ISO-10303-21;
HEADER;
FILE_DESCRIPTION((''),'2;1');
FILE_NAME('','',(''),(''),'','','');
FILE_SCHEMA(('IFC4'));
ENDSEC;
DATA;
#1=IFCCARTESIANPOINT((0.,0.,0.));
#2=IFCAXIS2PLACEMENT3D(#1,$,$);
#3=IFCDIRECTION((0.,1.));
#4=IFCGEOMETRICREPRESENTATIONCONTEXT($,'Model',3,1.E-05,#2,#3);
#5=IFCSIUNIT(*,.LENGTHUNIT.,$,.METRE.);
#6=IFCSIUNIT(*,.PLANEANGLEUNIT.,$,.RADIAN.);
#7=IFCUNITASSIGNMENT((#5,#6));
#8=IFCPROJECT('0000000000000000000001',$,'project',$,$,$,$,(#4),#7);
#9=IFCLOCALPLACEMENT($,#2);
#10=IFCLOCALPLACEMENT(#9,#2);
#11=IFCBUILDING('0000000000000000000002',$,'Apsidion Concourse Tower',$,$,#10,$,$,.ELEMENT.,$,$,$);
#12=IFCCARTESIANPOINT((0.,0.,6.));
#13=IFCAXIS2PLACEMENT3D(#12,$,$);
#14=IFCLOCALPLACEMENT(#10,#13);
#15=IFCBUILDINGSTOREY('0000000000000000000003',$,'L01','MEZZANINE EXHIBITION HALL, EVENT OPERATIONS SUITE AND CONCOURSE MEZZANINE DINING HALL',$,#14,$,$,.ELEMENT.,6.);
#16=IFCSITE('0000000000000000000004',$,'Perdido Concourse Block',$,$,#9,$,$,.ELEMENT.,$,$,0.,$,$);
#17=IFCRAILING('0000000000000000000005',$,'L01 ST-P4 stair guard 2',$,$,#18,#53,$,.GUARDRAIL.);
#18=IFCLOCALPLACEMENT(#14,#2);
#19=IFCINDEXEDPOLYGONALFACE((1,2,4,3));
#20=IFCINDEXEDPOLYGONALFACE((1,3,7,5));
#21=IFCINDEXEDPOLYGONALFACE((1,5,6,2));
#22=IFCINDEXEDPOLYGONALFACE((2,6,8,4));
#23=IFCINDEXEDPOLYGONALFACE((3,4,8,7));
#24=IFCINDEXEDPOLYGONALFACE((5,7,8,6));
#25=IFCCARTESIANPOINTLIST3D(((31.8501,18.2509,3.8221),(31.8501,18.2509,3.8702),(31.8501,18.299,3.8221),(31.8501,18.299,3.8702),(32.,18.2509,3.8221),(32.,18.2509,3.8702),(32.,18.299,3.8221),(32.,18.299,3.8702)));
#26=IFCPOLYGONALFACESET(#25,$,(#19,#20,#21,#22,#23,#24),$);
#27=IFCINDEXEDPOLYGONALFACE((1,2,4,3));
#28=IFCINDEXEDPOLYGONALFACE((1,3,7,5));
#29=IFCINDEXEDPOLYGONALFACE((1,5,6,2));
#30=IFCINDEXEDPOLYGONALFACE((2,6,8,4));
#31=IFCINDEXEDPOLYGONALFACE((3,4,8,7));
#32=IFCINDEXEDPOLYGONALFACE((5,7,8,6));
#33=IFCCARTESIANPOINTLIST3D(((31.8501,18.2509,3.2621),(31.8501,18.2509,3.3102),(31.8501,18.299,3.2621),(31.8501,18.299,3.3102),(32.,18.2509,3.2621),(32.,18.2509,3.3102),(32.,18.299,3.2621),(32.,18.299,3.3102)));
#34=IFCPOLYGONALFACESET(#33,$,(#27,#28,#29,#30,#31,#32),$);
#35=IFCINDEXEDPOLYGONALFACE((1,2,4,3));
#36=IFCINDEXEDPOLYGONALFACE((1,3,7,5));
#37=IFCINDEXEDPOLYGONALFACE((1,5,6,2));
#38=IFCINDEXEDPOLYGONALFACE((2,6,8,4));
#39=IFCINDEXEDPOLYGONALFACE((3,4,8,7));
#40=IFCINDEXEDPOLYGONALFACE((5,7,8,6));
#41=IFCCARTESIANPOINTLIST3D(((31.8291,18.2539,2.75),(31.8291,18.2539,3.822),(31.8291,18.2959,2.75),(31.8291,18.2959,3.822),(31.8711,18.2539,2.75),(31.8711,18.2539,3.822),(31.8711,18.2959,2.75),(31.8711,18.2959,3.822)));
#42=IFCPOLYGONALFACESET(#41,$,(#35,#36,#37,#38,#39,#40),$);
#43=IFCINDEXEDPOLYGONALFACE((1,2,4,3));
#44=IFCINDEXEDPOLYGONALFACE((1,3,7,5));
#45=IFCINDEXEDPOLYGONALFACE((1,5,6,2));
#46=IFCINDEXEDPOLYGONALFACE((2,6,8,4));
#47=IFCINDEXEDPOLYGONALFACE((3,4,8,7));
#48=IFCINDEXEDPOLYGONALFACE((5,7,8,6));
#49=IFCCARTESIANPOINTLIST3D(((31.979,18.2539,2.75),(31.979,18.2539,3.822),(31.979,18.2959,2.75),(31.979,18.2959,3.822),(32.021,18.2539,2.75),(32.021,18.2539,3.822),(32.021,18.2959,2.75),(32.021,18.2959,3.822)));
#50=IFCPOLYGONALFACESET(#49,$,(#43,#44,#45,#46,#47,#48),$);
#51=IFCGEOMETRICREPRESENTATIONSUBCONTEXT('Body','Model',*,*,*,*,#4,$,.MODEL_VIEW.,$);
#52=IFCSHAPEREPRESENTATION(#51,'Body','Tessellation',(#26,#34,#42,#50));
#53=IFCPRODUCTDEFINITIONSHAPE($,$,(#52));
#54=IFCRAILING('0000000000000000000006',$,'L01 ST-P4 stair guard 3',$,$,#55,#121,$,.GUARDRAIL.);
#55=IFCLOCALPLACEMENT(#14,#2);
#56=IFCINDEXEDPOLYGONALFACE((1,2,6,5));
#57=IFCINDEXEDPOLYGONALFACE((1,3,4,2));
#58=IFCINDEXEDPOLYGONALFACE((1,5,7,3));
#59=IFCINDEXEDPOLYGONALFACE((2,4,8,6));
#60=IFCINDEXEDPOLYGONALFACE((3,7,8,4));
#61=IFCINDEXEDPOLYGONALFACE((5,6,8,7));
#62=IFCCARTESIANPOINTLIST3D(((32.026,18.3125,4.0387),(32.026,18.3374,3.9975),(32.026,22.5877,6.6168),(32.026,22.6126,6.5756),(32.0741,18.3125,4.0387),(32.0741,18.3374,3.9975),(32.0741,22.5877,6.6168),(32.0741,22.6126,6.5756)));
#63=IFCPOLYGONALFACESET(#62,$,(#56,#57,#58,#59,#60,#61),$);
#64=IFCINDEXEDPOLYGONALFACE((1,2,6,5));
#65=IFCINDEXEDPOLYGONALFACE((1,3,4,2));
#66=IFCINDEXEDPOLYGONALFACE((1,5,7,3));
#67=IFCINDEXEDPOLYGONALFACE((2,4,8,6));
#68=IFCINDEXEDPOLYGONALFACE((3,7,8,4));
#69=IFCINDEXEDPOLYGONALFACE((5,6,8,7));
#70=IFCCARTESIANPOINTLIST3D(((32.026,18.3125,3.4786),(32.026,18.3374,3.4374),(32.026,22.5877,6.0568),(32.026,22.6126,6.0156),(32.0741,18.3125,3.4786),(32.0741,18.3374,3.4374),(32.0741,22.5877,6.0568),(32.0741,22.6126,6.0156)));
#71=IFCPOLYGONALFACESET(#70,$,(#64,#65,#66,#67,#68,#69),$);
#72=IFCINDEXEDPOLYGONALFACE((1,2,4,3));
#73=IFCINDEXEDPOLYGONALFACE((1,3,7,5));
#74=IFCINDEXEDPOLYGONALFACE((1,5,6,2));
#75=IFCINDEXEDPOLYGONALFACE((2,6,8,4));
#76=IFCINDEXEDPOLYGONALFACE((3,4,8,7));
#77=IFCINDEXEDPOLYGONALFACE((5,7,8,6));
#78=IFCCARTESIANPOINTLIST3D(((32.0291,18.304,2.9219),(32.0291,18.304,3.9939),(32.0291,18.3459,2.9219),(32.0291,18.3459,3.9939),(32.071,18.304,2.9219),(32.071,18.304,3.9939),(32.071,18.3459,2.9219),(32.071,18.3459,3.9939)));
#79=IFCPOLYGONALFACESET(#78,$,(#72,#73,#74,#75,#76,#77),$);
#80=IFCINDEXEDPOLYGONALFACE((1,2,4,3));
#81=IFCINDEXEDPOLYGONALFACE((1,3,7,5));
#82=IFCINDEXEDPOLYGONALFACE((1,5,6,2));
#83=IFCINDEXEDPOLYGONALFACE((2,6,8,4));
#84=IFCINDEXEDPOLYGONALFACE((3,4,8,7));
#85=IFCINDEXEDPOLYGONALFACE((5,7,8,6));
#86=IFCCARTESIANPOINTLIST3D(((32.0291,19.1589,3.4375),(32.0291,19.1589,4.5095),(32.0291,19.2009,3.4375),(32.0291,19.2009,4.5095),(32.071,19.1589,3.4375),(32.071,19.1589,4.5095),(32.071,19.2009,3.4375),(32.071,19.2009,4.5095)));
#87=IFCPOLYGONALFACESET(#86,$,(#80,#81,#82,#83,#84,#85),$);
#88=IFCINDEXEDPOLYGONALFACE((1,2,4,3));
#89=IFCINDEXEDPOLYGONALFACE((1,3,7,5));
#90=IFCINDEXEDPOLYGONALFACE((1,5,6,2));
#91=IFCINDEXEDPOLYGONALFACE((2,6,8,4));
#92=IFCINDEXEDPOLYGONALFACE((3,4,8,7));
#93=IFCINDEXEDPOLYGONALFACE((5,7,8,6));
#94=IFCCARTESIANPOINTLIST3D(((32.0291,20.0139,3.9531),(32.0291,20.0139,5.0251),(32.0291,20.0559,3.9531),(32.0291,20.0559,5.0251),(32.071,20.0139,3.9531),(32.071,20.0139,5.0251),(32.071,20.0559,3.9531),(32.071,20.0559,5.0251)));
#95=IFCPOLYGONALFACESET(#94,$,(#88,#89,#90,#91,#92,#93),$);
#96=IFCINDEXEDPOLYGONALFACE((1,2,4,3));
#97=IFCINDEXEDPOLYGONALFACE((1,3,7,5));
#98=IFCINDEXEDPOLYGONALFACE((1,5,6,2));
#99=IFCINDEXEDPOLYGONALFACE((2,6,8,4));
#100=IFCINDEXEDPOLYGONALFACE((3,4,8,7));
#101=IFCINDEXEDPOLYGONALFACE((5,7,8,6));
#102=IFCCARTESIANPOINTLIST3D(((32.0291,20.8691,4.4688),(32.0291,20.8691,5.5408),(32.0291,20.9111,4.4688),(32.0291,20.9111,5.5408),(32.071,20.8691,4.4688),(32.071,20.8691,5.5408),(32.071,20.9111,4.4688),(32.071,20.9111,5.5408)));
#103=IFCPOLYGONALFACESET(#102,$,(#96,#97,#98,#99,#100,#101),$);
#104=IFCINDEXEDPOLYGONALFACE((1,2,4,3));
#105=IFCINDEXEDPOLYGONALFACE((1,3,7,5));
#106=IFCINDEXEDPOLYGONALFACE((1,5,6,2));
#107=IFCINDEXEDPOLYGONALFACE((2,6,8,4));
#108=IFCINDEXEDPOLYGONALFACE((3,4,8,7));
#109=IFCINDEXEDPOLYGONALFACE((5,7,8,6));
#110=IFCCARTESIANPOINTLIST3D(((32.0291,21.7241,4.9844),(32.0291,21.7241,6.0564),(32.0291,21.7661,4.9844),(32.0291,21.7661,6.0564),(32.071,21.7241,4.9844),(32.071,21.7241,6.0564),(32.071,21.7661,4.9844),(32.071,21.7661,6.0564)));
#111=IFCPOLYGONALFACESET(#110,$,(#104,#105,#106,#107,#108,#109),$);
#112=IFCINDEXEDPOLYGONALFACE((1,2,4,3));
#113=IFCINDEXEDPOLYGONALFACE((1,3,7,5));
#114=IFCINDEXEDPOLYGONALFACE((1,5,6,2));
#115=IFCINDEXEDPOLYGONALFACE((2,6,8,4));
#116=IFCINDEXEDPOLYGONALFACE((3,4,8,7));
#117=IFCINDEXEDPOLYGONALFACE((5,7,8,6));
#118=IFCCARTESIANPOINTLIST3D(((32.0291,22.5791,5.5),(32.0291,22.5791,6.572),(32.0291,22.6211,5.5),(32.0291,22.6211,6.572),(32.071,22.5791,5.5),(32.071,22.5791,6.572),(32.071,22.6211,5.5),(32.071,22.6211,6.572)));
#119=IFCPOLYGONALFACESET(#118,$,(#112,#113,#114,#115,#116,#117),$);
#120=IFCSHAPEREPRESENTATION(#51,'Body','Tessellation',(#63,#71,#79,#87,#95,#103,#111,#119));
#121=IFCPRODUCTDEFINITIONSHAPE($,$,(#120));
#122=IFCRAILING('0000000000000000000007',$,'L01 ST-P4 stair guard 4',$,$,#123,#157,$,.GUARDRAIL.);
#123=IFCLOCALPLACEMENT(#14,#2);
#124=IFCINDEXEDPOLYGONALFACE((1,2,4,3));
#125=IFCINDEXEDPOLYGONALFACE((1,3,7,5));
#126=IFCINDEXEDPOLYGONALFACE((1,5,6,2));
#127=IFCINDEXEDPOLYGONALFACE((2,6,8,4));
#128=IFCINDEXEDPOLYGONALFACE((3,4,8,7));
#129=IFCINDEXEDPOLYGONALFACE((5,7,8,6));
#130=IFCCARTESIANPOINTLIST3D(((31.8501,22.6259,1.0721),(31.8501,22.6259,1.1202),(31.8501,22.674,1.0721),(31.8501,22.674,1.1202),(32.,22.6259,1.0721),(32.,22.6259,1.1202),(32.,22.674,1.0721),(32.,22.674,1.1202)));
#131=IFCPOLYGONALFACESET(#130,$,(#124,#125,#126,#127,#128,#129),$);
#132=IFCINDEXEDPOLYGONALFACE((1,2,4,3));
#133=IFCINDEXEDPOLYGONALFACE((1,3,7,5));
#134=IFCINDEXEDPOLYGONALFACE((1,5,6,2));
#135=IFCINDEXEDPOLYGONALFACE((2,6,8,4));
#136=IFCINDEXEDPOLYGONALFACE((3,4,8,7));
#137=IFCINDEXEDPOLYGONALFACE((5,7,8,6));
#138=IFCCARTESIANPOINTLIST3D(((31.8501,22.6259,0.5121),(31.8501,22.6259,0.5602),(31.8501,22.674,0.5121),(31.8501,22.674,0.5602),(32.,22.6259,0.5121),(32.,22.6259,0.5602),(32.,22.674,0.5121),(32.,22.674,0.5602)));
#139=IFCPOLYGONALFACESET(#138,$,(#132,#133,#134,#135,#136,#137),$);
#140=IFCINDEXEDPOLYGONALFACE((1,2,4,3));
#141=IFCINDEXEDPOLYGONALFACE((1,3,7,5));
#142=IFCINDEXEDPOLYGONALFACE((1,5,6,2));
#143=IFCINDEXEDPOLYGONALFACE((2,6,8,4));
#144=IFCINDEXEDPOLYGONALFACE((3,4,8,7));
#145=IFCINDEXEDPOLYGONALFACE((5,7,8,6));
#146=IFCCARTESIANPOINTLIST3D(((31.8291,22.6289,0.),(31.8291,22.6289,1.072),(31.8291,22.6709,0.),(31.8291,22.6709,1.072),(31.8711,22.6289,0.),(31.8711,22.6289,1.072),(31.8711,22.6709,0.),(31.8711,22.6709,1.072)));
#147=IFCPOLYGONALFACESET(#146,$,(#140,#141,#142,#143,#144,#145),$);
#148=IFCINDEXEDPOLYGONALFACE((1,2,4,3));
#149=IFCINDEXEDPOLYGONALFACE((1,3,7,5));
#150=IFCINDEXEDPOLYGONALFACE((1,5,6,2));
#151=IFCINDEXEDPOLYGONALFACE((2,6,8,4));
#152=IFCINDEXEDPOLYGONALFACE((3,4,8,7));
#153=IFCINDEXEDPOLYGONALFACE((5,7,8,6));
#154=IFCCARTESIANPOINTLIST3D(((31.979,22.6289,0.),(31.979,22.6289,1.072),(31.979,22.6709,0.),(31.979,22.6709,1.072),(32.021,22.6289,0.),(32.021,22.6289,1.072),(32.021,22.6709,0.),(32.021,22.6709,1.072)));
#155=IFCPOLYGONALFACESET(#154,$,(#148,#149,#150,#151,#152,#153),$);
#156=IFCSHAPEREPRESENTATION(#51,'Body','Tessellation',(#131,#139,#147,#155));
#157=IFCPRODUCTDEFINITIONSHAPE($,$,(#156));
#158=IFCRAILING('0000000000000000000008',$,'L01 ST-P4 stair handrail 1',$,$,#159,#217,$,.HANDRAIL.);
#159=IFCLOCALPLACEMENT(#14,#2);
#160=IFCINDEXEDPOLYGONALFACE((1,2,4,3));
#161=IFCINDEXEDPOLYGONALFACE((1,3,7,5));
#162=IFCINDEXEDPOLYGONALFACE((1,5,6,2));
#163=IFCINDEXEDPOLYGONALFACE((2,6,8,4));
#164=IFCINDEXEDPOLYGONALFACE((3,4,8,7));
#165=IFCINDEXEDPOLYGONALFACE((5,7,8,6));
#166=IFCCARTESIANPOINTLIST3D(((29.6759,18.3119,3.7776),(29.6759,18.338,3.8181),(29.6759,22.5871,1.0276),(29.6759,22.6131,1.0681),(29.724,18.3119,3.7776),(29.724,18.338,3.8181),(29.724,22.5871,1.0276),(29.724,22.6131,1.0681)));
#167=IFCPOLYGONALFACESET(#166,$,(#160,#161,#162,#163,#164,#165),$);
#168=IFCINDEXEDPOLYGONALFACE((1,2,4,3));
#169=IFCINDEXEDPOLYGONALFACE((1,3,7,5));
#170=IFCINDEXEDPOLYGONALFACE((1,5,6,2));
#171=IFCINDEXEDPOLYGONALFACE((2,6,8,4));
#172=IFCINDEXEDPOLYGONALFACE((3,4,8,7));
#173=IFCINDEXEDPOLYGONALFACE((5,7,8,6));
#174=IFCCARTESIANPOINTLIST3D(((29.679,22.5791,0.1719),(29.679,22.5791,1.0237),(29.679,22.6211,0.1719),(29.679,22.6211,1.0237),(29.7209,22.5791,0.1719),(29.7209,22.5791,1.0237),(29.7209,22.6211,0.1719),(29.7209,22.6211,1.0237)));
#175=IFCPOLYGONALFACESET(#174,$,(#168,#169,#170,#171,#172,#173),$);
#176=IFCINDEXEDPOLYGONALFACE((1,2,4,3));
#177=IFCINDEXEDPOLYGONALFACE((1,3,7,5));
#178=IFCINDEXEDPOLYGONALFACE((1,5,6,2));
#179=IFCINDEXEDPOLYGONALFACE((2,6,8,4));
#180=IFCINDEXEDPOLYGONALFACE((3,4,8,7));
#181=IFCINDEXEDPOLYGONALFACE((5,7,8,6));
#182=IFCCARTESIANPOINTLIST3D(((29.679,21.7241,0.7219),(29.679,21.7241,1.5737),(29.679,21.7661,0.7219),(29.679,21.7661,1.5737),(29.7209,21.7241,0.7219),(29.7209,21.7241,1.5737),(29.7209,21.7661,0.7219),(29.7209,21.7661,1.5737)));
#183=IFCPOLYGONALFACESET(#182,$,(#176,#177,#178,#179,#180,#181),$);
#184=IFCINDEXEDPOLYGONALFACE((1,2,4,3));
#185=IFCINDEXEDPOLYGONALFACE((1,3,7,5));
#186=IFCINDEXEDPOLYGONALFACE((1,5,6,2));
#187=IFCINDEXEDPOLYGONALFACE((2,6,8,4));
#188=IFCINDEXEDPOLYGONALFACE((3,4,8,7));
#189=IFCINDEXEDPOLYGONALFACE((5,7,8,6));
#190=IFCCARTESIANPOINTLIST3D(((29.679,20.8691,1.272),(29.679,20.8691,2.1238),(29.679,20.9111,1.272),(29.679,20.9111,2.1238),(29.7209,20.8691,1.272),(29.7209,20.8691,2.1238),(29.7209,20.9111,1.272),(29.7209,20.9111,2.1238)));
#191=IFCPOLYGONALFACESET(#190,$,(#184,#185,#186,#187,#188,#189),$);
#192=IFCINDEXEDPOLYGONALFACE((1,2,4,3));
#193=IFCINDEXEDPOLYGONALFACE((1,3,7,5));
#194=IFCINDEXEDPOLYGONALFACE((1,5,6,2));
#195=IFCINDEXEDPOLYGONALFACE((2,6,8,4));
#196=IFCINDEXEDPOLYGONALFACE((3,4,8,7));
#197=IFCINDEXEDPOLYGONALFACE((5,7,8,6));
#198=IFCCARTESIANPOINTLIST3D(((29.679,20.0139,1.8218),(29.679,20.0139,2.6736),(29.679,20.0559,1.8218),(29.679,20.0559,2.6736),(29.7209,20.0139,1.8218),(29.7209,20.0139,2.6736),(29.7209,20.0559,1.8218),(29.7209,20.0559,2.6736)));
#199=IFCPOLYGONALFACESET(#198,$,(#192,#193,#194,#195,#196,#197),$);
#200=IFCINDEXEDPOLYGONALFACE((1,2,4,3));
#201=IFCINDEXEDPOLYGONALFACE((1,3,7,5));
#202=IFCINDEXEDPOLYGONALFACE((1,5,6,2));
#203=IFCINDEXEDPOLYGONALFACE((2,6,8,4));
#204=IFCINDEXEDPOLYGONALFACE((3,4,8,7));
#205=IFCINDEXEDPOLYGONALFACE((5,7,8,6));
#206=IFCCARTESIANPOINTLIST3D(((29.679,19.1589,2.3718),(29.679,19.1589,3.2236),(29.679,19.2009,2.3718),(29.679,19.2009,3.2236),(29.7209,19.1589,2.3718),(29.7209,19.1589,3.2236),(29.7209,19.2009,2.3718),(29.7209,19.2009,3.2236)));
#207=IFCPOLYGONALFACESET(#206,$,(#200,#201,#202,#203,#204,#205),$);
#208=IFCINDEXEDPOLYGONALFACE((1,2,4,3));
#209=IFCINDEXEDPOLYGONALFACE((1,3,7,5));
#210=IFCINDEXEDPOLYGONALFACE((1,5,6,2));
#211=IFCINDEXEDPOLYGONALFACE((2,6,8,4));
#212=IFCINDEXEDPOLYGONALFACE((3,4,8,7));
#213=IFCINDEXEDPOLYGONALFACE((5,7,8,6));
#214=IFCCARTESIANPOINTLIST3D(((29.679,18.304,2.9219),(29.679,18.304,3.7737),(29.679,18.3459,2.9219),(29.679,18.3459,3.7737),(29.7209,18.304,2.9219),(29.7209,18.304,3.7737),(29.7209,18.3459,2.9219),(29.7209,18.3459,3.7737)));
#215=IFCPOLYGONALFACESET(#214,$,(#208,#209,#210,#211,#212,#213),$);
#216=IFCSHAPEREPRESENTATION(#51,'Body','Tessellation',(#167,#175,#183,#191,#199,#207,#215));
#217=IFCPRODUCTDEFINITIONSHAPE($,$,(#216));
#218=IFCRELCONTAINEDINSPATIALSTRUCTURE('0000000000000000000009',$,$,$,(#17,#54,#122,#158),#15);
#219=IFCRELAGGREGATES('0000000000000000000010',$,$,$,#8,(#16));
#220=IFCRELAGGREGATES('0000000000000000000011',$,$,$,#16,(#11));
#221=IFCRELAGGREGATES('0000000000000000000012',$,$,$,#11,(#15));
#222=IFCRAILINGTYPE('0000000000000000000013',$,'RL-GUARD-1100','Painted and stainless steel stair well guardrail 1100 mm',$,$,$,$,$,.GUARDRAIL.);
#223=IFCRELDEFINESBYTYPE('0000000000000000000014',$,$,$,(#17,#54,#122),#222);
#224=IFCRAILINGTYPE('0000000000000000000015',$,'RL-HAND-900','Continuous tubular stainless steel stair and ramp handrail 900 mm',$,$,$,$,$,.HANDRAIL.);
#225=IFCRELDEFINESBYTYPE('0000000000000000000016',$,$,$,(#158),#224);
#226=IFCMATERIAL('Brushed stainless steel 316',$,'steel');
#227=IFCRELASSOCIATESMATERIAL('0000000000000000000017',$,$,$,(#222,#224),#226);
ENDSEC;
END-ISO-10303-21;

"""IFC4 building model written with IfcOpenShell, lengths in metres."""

from ifc_helpers import new_model, si_unit, direction, frame, origin, origin_2d, place, context, subcontext, project, spatial, rectangle, extrude, material, type_object, element, save


model = new_model("IFC4")

# Units and contexts
model_context = context("Model", 3, precision=1e-05, world=origin(), true_north=direction((0.0, 1.0)))
body_context = subcontext(model_context, "Body", "Model", "MODEL_VIEW")
ifc_project = project(units=[si_unit("LENGTHUNIT", "METRE"), si_unit("PLANEANGLEUNIT", "RADIAN")], contexts=[model_context])

# Site, building, storey
site_placement = place(None, origin())
site = spatial("IfcSite", under=ifc_project, at=site_placement, Name="Perdido Concourse Block", CompositionType="ELEMENT", RefElevation=0.0)
building_placement = place(site_placement, origin())
building = spatial("IfcBuilding", under=site, at=building_placement, Name="Apsidion Concourse Tower", CompositionType="ELEMENT")
storey_placement = place(building_placement, frame((0.0, 0.0, 6.0)))
storey = spatial("IfcBuildingStorey", under=building, at=storey_placement, Name="L01", Description="MEZZANINE EXHIBITION HALL, EVENT OPERATIONS SUITE AND CONCOURSE MEZZANINE DINING HALL", CompositionType="ELEMENT", Elevation=6.0)

# Railings
ifc_material_1 = material(Name="Brushed stainless steel 316", Category="steel")
railing_type_1 = type_object("IfcRailingType", Name="RL-GUARD-1100", Description="Painted and stainless steel stair well guardrail 1100 mm", PredefinedType="GUARDRAIL", material=ifc_material_1)
railing_1_placement = place(storey_placement, frame((31.8501, 18.2749, 2.75)))
element("IfcRailing", 1, at=railing_1_placement, inside=storey, type_object=railing_type_1, Name="L01 ST-P4 stair guard 2", PredefinedType="GUARDRAIL", context=body_context, shape_type="SweptSolid", body=[
    extrude(rectangle(XDim=0.0481, YDim=0.0481, at=origin_2d()), frame((0.0, 0.0, 1.0962), z_axis=(1.0, 0.0, 0.0), x_axis=(0.0, 1.0, 0.0)), (0.0, 0.0, 1.0), 0.1499),
    extrude(rectangle(XDim=0.0481, YDim=0.0481, at=origin_2d()), frame((0.0, 0.0, 0.5361), z_axis=(1.0, 0.0, 0.0), x_axis=(0.0, 1.0, 0.0)), (0.0, 0.0, 1.0), 0.1499),
    extrude(rectangle(XDim=0.042, YDim=0.042, at=origin_2d()), origin(), (0.0, 0.0, 1.0), 1.072),
    extrude(rectangle(XDim=0.042, YDim=0.042, at=origin_2d()), frame((0.1499, 0.0, 0.0)), (0.0, 0.0, 1.0), 1.072),
])
railing_2_placement = place(storey_placement, frame((32.05, 18.325, 2.9219)))
element("IfcRailing", 2, at=railing_2_placement, inside=storey, type_object=railing_type_1, Name="L01 ST-P4 stair guard 3", PredefinedType="GUARDRAIL", context=body_context, shape_type="SweptSolid", body=[
    extrude(rectangle(XDim=0.0481, YDim=0.0481, at=origin_2d()), frame((0.0, 0.0, 1.0962), z_axis=(0.0, 0.856339, 0.516415), x_axis=(-1.0, 0.0, 0.0)), (0.0, 0.0, 1.0), 4.9924),
    extrude(rectangle(XDim=0.0481, YDim=0.0481, at=origin_2d()), frame((0.0, 0.0, 0.5361), z_axis=(0.0, 0.856339, 0.516415), x_axis=(-1.0, 0.0, 0.0)), (0.0, 0.0, 1.0), 4.9924),
    extrude(rectangle(XDim=0.042, YDim=0.042, at=origin_2d()), origin(), (0.0, 0.0, 1.0), 1.072),
    extrude(rectangle(XDim=0.042, YDim=0.042, at=origin_2d()), frame((0.0, 0.855, 0.5156)), (0.0, 0.0, 1.0), 1.072),
    extrude(rectangle(XDim=0.042, YDim=0.042, at=origin_2d()), frame((0.0, 1.71, 1.0312)), (0.0, 0.0, 1.0), 1.072),
    extrude(rectangle(XDim=0.042, YDim=0.042, at=origin_2d()), frame((0.0, 2.5652, 1.5469)), (0.0, 0.0, 1.0), 1.072),
    extrude(rectangle(XDim=0.042, YDim=0.042, at=origin_2d()), frame((0.0, 3.4202, 2.0625)), (0.0, 0.0, 1.0), 1.072),
    extrude(rectangle(XDim=0.042, YDim=0.042, at=origin_2d()), frame((0.0, 4.2751, 2.5781)), (0.0, 0.0, 1.0), 1.072),
])
railing_3_placement = place(storey_placement, frame((31.8501, 22.6499, 0.0)))
element("IfcRailing", 3, at=railing_3_placement, inside=storey, type_object=railing_type_1, Name="L01 ST-P4 stair guard 4", PredefinedType="GUARDRAIL", context=body_context, shape_type="SweptSolid", body=[
    extrude(rectangle(XDim=0.0481, YDim=0.0481, at=origin_2d()), frame((0.0, 0.0, 1.0962), z_axis=(1.0, 0.0, 0.0), x_axis=(0.0, 1.0, 0.0)), (0.0, 0.0, 1.0), 0.1499),
    extrude(rectangle(XDim=0.0481, YDim=0.0481, at=origin_2d()), frame((0.0, 0.0, 0.5361), z_axis=(1.0, 0.0, 0.0), x_axis=(0.0, 1.0, 0.0)), (0.0, 0.0, 1.0), 0.1499),
    extrude(rectangle(XDim=0.042, YDim=0.042, at=origin_2d()), origin(), (0.0, 0.0, 1.0), 1.072),
    extrude(rectangle(XDim=0.042, YDim=0.042, at=origin_2d()), frame((0.1499, 0.0, 0.0)), (0.0, 0.0, 1.0), 1.072),
])
railing_type_2 = type_object("IfcRailingType", Name="RL-HAND-900", Description="Continuous tubular stainless steel stair and ramp handrail 900 mm", PredefinedType="HANDRAIL", material=ifc_material_1)
railing_4_placement = place(storey_placement, frame((29.7, 22.6001, 0.1719)))
element("IfcRailing", 4, at=railing_4_placement, inside=storey, type_object=railing_type_2, Name="L01 ST-P4 stair handrail 1", PredefinedType="HANDRAIL", context=body_context, shape_type="SweptSolid", body=[
    extrude(rectangle(XDim=0.0481, YDim=0.0481, at=origin_2d()), frame((0.0, 0.0, 0.876), z_axis=(0.0, -0.841027, 0.540993), x_axis=(1.0, 0.0, 0.0)), (0.0, 0.0, 1.0), 5.0833),
    extrude(rectangle(XDim=0.042, YDim=0.042, at=origin_2d()), origin(), (0.0, 0.0, 1.0), 0.8518),
    extrude(rectangle(XDim=0.042, YDim=0.042, at=origin_2d()), frame((0.0, -0.855, 0.55)), (0.0, 0.0, 1.0), 0.8518),
    extrude(rectangle(XDim=0.042, YDim=0.042, at=origin_2d()), frame((0.0, -1.71, 1.1001)), (0.0, 0.0, 1.0), 0.8518),
    extrude(rectangle(XDim=0.042, YDim=0.042, at=origin_2d()), frame((0.0, -2.5652, 1.6499)), (0.0, 0.0, 1.0), 0.8518),
    extrude(rectangle(XDim=0.042, YDim=0.042, at=origin_2d()), frame((0.0, -3.4202, 2.2)), (0.0, 0.0, 1.0), 0.8518),
    extrude(rectangle(XDim=0.042, YDim=0.042, at=origin_2d()), frame((0.0, -4.2751, 2.75)), (0.0, 0.0, 1.0), 0.8518),
])

save(model, "model.ifc")
